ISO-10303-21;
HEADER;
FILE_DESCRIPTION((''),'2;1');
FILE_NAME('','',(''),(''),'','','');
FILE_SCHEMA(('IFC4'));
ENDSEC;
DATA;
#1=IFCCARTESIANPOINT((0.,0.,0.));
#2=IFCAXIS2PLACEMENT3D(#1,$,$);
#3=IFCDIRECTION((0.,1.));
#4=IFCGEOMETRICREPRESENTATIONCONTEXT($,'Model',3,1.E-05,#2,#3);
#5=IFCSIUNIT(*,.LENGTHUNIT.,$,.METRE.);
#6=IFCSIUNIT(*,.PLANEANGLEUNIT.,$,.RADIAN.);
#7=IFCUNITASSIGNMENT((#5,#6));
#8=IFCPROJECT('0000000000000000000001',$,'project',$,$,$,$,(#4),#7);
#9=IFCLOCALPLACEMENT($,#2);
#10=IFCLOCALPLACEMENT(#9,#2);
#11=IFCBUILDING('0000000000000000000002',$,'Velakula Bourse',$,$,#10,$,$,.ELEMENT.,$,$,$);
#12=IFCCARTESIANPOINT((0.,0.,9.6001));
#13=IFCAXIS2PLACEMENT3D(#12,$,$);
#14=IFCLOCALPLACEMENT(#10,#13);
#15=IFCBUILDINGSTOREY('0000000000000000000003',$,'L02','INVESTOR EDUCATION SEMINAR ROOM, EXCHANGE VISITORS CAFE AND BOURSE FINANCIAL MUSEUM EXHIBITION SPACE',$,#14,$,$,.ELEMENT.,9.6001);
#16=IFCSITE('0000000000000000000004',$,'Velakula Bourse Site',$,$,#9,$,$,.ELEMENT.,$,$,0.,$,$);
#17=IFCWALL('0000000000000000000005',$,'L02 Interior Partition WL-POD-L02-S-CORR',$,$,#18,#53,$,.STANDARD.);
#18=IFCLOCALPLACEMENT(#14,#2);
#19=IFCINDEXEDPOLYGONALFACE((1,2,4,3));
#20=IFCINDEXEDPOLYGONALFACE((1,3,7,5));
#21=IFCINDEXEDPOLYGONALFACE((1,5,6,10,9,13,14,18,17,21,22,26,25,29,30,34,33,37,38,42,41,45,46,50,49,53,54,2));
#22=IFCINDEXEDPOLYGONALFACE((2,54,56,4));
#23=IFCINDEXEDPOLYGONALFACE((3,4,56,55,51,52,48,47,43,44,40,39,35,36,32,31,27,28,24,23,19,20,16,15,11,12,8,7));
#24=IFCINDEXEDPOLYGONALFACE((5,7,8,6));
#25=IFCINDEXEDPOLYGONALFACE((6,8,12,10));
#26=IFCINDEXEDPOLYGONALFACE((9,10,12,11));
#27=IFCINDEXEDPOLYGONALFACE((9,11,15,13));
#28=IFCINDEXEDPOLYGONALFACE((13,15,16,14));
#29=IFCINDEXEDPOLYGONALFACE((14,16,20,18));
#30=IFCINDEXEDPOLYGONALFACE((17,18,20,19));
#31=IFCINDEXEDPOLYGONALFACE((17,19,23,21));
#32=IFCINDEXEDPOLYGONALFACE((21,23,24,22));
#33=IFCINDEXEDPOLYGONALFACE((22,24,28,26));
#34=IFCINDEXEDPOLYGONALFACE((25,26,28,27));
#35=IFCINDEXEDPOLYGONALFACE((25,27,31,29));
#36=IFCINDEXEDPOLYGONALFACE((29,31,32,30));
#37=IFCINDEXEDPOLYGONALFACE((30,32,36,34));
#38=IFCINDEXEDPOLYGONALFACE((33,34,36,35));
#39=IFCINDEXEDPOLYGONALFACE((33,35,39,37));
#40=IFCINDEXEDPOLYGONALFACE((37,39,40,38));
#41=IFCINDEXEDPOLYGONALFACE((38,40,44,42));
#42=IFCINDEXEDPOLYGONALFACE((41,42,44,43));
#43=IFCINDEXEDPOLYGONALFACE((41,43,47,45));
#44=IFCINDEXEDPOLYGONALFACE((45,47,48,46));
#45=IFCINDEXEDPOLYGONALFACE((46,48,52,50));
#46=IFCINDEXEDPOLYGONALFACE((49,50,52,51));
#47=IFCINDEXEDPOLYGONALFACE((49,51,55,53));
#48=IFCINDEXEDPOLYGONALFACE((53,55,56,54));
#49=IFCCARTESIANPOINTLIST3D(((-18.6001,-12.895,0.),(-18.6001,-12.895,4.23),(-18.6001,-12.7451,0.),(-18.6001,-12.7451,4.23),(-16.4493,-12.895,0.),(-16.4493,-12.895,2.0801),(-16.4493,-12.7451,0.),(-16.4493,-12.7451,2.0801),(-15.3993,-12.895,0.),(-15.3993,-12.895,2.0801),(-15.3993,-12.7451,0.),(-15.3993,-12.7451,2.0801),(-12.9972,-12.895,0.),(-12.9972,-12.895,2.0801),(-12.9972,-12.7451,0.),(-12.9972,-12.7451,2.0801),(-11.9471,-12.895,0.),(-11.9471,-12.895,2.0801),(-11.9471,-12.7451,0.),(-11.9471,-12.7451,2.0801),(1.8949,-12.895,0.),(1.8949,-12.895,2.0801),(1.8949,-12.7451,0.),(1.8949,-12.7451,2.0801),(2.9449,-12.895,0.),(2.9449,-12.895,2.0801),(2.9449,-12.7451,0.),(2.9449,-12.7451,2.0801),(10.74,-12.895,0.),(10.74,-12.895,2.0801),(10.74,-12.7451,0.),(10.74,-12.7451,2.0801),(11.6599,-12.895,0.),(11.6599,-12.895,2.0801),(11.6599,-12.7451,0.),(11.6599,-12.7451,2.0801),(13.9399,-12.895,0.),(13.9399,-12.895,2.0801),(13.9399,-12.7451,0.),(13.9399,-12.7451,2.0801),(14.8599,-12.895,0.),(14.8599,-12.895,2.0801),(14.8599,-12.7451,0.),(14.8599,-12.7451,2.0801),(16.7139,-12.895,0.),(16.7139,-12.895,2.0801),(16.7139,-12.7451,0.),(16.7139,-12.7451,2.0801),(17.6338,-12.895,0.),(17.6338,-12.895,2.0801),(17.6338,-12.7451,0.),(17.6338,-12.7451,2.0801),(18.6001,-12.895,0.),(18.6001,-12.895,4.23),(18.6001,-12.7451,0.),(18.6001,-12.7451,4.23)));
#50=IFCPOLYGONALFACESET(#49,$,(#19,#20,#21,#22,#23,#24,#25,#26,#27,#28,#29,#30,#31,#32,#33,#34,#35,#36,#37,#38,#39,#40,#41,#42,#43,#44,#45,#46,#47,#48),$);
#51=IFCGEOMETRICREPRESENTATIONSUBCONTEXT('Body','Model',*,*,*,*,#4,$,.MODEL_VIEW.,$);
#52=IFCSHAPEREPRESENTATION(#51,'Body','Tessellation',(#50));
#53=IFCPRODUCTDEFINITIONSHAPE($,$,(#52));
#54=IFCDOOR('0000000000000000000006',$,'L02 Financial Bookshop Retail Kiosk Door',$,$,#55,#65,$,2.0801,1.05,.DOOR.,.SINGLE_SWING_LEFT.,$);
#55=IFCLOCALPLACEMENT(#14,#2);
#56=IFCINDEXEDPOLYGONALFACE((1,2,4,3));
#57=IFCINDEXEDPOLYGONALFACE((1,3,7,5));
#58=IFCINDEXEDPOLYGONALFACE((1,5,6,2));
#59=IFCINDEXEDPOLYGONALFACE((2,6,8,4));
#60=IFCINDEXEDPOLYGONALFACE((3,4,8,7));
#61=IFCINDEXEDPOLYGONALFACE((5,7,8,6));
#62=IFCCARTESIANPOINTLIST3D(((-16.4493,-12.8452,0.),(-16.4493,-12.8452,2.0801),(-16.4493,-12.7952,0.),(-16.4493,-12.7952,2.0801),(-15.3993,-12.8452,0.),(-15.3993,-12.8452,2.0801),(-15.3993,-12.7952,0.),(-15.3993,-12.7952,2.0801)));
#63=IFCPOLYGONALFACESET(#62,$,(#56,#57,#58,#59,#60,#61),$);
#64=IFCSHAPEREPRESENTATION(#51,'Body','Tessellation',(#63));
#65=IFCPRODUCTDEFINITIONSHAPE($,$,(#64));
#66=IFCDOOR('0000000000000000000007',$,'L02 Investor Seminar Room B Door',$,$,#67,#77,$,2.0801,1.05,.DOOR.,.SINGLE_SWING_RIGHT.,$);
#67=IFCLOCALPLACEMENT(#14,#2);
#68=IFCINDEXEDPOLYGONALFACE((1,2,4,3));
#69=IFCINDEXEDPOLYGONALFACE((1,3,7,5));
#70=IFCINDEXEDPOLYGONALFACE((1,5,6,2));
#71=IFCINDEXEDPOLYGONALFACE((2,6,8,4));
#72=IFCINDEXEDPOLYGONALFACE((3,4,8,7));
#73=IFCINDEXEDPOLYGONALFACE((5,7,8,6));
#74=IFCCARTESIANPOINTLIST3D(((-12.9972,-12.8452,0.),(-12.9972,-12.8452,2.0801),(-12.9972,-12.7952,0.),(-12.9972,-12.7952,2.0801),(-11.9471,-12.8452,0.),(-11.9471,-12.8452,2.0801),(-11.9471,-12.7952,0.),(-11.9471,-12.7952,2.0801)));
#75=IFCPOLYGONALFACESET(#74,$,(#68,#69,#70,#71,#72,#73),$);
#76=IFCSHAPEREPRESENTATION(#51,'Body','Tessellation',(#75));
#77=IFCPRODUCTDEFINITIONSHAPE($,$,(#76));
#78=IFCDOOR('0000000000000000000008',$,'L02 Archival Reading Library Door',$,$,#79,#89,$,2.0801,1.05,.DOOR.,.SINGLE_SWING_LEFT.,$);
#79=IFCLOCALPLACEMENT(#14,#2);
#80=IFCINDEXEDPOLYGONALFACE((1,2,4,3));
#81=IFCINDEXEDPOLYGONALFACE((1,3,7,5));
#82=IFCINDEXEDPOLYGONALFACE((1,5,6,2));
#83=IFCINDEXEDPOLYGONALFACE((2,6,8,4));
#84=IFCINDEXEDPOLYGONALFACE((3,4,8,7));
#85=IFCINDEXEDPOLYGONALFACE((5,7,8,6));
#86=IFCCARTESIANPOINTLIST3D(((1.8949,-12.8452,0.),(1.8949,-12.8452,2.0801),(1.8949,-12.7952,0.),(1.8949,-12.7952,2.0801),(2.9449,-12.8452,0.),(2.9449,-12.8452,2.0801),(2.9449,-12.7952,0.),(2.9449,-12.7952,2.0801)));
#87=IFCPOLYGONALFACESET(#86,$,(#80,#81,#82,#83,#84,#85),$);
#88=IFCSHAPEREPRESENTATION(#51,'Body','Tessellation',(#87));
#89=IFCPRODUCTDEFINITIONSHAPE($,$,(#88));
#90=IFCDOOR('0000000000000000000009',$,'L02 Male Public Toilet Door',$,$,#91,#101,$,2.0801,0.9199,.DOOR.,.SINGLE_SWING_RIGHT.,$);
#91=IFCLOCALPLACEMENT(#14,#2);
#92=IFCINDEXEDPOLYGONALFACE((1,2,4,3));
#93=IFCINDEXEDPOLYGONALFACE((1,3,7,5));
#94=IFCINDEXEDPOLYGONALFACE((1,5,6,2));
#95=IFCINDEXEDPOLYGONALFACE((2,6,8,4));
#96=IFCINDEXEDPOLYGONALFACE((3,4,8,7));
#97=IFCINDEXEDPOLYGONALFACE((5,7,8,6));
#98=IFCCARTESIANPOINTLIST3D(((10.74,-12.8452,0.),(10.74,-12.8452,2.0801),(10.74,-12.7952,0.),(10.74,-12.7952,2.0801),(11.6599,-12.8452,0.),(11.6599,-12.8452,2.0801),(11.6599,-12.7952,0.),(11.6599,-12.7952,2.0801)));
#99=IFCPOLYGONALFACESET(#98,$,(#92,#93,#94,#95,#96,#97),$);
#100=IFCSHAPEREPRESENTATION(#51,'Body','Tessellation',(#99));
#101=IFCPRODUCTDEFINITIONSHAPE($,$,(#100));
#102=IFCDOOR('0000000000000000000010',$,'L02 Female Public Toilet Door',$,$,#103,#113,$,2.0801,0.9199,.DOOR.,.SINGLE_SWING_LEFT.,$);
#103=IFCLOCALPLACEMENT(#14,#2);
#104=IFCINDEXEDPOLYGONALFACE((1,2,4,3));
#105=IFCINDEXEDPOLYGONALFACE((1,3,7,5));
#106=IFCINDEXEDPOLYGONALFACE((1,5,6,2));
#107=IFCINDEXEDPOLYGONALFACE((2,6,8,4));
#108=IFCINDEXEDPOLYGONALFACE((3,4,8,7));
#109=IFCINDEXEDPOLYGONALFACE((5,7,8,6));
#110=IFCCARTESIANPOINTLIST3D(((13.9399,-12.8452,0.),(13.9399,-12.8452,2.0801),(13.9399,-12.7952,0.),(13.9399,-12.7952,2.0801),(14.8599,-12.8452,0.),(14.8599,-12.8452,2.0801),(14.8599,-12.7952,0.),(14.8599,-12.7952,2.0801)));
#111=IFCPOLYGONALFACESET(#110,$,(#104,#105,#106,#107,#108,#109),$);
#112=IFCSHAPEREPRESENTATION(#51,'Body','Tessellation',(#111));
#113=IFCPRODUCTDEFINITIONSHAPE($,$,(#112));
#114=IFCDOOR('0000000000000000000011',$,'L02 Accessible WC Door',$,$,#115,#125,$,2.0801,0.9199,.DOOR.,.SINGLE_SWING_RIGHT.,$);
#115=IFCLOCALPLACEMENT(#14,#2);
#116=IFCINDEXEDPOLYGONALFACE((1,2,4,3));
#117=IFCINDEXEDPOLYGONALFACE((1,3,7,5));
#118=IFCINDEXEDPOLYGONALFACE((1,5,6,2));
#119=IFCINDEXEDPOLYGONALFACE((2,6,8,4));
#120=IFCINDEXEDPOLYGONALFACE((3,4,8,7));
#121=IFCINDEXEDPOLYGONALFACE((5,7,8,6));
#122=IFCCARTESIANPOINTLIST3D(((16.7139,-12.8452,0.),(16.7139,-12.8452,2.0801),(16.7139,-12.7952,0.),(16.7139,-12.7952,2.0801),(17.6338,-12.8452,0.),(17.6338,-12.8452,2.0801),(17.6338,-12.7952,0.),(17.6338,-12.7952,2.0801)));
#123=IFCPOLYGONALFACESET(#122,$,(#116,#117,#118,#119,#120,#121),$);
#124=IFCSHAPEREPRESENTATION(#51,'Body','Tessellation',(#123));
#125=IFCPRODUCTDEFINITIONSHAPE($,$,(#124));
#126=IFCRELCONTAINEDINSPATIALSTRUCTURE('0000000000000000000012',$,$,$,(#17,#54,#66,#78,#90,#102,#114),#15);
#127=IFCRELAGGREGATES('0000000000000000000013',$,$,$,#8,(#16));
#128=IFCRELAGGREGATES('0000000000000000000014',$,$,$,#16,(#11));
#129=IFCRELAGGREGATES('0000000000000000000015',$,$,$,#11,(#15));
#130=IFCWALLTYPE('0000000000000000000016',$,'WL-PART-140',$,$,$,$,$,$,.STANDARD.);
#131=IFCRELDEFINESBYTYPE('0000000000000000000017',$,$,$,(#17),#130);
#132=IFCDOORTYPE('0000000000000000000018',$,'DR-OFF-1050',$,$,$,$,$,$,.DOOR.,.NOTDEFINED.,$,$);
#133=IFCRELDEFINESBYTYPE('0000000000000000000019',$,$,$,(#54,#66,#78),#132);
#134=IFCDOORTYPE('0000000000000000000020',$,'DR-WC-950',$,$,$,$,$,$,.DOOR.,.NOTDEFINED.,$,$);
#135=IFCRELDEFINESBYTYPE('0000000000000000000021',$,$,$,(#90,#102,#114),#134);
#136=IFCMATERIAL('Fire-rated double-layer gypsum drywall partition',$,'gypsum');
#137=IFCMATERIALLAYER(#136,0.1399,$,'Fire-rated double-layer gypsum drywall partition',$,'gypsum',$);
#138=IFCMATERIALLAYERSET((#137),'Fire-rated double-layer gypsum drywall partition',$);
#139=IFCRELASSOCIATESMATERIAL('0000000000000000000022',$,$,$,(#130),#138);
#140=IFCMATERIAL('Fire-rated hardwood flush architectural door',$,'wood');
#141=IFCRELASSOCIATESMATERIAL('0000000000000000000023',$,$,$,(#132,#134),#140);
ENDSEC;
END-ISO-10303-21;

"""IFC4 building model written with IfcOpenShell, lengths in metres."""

from ifc_helpers import new_model, si_unit, direction, frame, frame_2d, origin, place, context, subcontext, project, spatial, rectangle, extrude, material, layer, layer_set, type_object, element, fill, save


model = new_model("IFC4")

# Units and contexts
model_context = context("Model", 3, precision=1e-05, world=origin(), true_north=direction((0.0, 1.0)))
body_context = subcontext(model_context, "Body", "Model", "MODEL_VIEW")
ifc_project = project(units=[si_unit("LENGTHUNIT", "METRE"), si_unit("PLANEANGLEUNIT", "RADIAN")], contexts=[model_context])

# Site, building, storey
site_placement = place(None, origin())
site = spatial("IfcSite", under=ifc_project, at=site_placement, Name="Velakula Bourse Site", CompositionType="ELEMENT", RefElevation=0.0)
building_placement = place(site_placement, origin())
building = spatial("IfcBuilding", under=site, at=building_placement, Name="Velakula Bourse", CompositionType="ELEMENT")
storey_placement = place(building_placement, frame((0.0, 0.0, 9.6001)))
storey = spatial("IfcBuildingStorey", under=building, at=storey_placement, Name="L02", Description="INVESTOR EDUCATION SEMINAR ROOM, EXCHANGE VISITORS CAFE AND BOURSE FINANCIAL MUSEUM EXHIBITION SPACE", CompositionType="ELEMENT", Elevation=9.6001)

# Wall, openings, doors
ifc_material_1 = material(Name="Fire-rated double-layer gypsum drywall partition", Category="gypsum")
ifc_layer_1 = layer(ifc_material_1, 0.1399, Name="Fire-rated double-layer gypsum drywall partition", Category="gypsum")
ifc_layer_set_1 = layer_set([ifc_layer_1], Name="Fire-rated double-layer gypsum drywall partition")
wall_type_1 = type_object("IfcWallType", Name="WL-PART-140", PredefinedType="STANDARD", material=ifc_layer_set_1)
wall_1_placement = place(storey_placement, frame((-18.6001, -12.8201, 0.0), z_axis=(0.0, 0.0, 1.0), x_axis=(1.0, 0.0, 0.0)))
wall_1 = element("IfcWall", 1, at=wall_1_placement, inside=storey, type_object=wall_type_1, Name="L02 Interior Partition WL-POD-L02-S-CORR", PredefinedType="STANDARD", context=body_context, shape_type="SweptSolid", body=[
    extrude(rectangle(XDim=37.2002, YDim=0.1499, at=frame_2d((18.6001, 0.0))), origin(), (0.0, 0.0, 1.0), 4.23),
])
opening_1_placement = place(wall_1_placement, frame((29.3401, 0.0, 0.0)))
opening_1 = element("IfcOpeningElement", 2, at=opening_1_placement, cuts=wall_1, PredefinedType="OPENING", context=body_context, shape_type="SweptSolid", body=[
    extrude(rectangle(XDim=0.9199, YDim=2.0801, at=frame_2d((0.46, 1.04))), frame((0.0, 0.085, 0.0), z_axis=(0.0, -1.0, 0.0), x_axis=(1.0, 0.0, 0.0)), (0.0, 0.0, 1.0), 0.1699),
])
opening_2_placement = place(wall_1_placement, frame((32.54, 0.0, 0.0)))
opening_2 = element("IfcOpeningElement", 3, at=opening_2_placement, cuts=wall_1, PredefinedType="OPENING", context=body_context, shape_type="SweptSolid", body=[
    extrude(rectangle(XDim=0.9199, YDim=2.0801, at=frame_2d((0.46, 1.04))), frame((0.0, 0.085, 0.0), z_axis=(0.0, -1.0, 0.0), x_axis=(1.0, 0.0, 0.0)), (0.0, 0.0, 1.0), 0.1699),
])
opening_3_placement = place(wall_1_placement, frame((35.314, 0.0, 0.0)))
opening_3 = element("IfcOpeningElement", 4, at=opening_3_placement, cuts=wall_1, PredefinedType="OPENING", context=body_context, shape_type="SweptSolid", body=[
    extrude(rectangle(XDim=0.9199, YDim=2.0801, at=frame_2d((0.46, 1.04))), frame((0.0, 0.085, 0.0), z_axis=(0.0, -1.0, 0.0), x_axis=(1.0, 0.0, 0.0)), (0.0, 0.0, 1.0), 0.1699),
])
opening_4_placement = place(wall_1_placement, frame((2.1509, 0.0, 0.0)))
opening_4 = element("IfcOpeningElement", 5, at=opening_4_placement, cuts=wall_1, PredefinedType="OPENING", context=body_context, shape_type="SweptSolid", body=[
    extrude(rectangle(XDim=1.05, YDim=2.0801, at=frame_2d((0.5249, 1.04))), frame((0.0, 0.085, 0.0), z_axis=(0.0, -1.0, 0.0), x_axis=(1.0, 0.0, 0.0)), (0.0, 0.0, 1.0), 0.1699),
])
opening_5_placement = place(wall_1_placement, frame((5.603, 0.0, 0.0)))
opening_5 = element("IfcOpeningElement", 6, at=opening_5_placement, cuts=wall_1, PredefinedType="OPENING", context=body_context, shape_type="SweptSolid", body=[
    extrude(rectangle(XDim=1.05, YDim=2.0801, at=frame_2d((0.5249, 1.04))), frame((0.0, 0.085, 0.0), z_axis=(0.0, -1.0, 0.0), x_axis=(1.0, 0.0, 0.0)), (0.0, 0.0, 1.0), 0.1699),
])
opening_6_placement = place(wall_1_placement, frame((20.4951, 0.0, 0.0)))
opening_6 = element("IfcOpeningElement", 7, at=opening_6_placement, cuts=wall_1, PredefinedType="OPENING", context=body_context, shape_type="SweptSolid", body=[
    extrude(rectangle(XDim=1.05, YDim=2.0801, at=frame_2d((0.5249, 1.04))), frame((0.0, 0.085, 0.0), z_axis=(0.0, -1.0, 0.0), x_axis=(1.0, 0.0, 0.0)), (0.0, 0.0, 1.0), 0.1699),
])
ifc_material_2 = material(Name="Fire-rated hardwood flush architectural door", Category="wood")
door_type_1 = type_object("IfcDoorType", Name="DR-OFF-1050", OperationType="NOTDEFINED", PredefinedType="DOOR", material=ifc_material_2)
door_1_placement = place(opening_4_placement, origin())
door_1 = element("IfcDoor", 8, at=door_1_placement, inside=storey, type_object=door_type_1, Name="L02 Financial Bookshop Retail Kiosk Door", OperationType="SINGLE_SWING_LEFT", OverallHeight=2.0801, OverallWidth=1.05, PredefinedType="DOOR", context=body_context, shape_type="SweptSolid", body=[
    extrude(rectangle(XDim=1.05, YDim=2.0801, at=frame_2d((0.5249, 1.04))), frame((0.0, 0.0249, 0.0), z_axis=(0.0, -1.0, 0.0), x_axis=(1.0, 0.0, 0.0)), (0.0, 0.0, 1.0), 0.05),
])
fill(opening_4, door_1)
door_2_placement = place(opening_5_placement, origin())
door_2 = element("IfcDoor", 9, at=door_2_placement, inside=storey, type_object=door_type_1, Name="L02 Investor Seminar Room B Door", OperationType="SINGLE_SWING_RIGHT", OverallHeight=2.0801, OverallWidth=1.05, PredefinedType="DOOR", context=body_context, shape_type="SweptSolid", body=[
    extrude(rectangle(XDim=1.05, YDim=2.0801, at=frame_2d((0.5249, 1.04))), frame((0.0, 0.0249, 0.0), z_axis=(0.0, -1.0, 0.0), x_axis=(1.0, 0.0, 0.0)), (0.0, 0.0, 1.0), 0.05),
])
fill(opening_5, door_2)
door_3_placement = place(opening_6_placement, origin())
door_3 = element("IfcDoor", 10, at=door_3_placement, inside=storey, type_object=door_type_1, Name="L02 Archival Reading Library Door", OperationType="SINGLE_SWING_LEFT", OverallHeight=2.0801, OverallWidth=1.05, PredefinedType="DOOR", context=body_context, shape_type="SweptSolid", body=[
    extrude(rectangle(XDim=1.05, YDim=2.0801, at=frame_2d((0.5249, 1.04))), frame((0.0, 0.0249, 0.0), z_axis=(0.0, -1.0, 0.0), x_axis=(1.0, 0.0, 0.0)), (0.0, 0.0, 1.0), 0.05),
])
fill(opening_6, door_3)
door_type_2 = type_object("IfcDoorType", Name="DR-WC-950", OperationType="NOTDEFINED", PredefinedType="DOOR", material=ifc_material_2)
door_4_placement = place(opening_1_placement, origin())
door_4 = element("IfcDoor", 11, at=door_4_placement, inside=storey, type_object=door_type_2, Name="L02 Male Public Toilet Door", OperationType="SINGLE_SWING_RIGHT", OverallHeight=2.0801, OverallWidth=0.9199, PredefinedType="DOOR", context=body_context, shape_type="SweptSolid", body=[
    extrude(rectangle(XDim=0.9199, YDim=2.0801, at=frame_2d((0.46, 1.04))), frame((0.0, 0.0249, 0.0), z_axis=(0.0, -1.0, 0.0), x_axis=(1.0, 0.0, 0.0)), (0.0, 0.0, 1.0), 0.05),
])
fill(opening_1, door_4)
door_5_placement = place(opening_2_placement, origin())
door_5 = element("IfcDoor", 12, at=door_5_placement, inside=storey, type_object=door_type_2, Name="L02 Female Public Toilet Door", OperationType="SINGLE_SWING_LEFT", OverallHeight=2.0801, OverallWidth=0.9199, PredefinedType="DOOR", context=body_context, shape_type="SweptSolid", body=[
    extrude(rectangle(XDim=0.9199, YDim=2.0801, at=frame_2d((0.46, 1.04))), frame((0.0, 0.0249, 0.0), z_axis=(0.0, -1.0, 0.0), x_axis=(1.0, 0.0, 0.0)), (0.0, 0.0, 1.0), 0.05),
])
fill(opening_2, door_5)
door_6_placement = place(opening_3_placement, origin())
door_6 = element("IfcDoor", 13, at=door_6_placement, inside=storey, type_object=door_type_2, Name="L02 Accessible WC Door", OperationType="SINGLE_SWING_RIGHT", OverallHeight=2.0801, OverallWidth=0.9199, PredefinedType="DOOR", context=body_context, shape_type="SweptSolid", body=[
    extrude(rectangle(XDim=0.9199, YDim=2.0801, at=frame_2d((0.46, 1.04))), frame((0.0, 0.0249, 0.0), z_axis=(0.0, -1.0, 0.0), x_axis=(1.0, 0.0, 0.0)), (0.0, 0.0, 1.0), 0.05),
])
fill(opening_3, door_6)

save(model, "model.ifc")
